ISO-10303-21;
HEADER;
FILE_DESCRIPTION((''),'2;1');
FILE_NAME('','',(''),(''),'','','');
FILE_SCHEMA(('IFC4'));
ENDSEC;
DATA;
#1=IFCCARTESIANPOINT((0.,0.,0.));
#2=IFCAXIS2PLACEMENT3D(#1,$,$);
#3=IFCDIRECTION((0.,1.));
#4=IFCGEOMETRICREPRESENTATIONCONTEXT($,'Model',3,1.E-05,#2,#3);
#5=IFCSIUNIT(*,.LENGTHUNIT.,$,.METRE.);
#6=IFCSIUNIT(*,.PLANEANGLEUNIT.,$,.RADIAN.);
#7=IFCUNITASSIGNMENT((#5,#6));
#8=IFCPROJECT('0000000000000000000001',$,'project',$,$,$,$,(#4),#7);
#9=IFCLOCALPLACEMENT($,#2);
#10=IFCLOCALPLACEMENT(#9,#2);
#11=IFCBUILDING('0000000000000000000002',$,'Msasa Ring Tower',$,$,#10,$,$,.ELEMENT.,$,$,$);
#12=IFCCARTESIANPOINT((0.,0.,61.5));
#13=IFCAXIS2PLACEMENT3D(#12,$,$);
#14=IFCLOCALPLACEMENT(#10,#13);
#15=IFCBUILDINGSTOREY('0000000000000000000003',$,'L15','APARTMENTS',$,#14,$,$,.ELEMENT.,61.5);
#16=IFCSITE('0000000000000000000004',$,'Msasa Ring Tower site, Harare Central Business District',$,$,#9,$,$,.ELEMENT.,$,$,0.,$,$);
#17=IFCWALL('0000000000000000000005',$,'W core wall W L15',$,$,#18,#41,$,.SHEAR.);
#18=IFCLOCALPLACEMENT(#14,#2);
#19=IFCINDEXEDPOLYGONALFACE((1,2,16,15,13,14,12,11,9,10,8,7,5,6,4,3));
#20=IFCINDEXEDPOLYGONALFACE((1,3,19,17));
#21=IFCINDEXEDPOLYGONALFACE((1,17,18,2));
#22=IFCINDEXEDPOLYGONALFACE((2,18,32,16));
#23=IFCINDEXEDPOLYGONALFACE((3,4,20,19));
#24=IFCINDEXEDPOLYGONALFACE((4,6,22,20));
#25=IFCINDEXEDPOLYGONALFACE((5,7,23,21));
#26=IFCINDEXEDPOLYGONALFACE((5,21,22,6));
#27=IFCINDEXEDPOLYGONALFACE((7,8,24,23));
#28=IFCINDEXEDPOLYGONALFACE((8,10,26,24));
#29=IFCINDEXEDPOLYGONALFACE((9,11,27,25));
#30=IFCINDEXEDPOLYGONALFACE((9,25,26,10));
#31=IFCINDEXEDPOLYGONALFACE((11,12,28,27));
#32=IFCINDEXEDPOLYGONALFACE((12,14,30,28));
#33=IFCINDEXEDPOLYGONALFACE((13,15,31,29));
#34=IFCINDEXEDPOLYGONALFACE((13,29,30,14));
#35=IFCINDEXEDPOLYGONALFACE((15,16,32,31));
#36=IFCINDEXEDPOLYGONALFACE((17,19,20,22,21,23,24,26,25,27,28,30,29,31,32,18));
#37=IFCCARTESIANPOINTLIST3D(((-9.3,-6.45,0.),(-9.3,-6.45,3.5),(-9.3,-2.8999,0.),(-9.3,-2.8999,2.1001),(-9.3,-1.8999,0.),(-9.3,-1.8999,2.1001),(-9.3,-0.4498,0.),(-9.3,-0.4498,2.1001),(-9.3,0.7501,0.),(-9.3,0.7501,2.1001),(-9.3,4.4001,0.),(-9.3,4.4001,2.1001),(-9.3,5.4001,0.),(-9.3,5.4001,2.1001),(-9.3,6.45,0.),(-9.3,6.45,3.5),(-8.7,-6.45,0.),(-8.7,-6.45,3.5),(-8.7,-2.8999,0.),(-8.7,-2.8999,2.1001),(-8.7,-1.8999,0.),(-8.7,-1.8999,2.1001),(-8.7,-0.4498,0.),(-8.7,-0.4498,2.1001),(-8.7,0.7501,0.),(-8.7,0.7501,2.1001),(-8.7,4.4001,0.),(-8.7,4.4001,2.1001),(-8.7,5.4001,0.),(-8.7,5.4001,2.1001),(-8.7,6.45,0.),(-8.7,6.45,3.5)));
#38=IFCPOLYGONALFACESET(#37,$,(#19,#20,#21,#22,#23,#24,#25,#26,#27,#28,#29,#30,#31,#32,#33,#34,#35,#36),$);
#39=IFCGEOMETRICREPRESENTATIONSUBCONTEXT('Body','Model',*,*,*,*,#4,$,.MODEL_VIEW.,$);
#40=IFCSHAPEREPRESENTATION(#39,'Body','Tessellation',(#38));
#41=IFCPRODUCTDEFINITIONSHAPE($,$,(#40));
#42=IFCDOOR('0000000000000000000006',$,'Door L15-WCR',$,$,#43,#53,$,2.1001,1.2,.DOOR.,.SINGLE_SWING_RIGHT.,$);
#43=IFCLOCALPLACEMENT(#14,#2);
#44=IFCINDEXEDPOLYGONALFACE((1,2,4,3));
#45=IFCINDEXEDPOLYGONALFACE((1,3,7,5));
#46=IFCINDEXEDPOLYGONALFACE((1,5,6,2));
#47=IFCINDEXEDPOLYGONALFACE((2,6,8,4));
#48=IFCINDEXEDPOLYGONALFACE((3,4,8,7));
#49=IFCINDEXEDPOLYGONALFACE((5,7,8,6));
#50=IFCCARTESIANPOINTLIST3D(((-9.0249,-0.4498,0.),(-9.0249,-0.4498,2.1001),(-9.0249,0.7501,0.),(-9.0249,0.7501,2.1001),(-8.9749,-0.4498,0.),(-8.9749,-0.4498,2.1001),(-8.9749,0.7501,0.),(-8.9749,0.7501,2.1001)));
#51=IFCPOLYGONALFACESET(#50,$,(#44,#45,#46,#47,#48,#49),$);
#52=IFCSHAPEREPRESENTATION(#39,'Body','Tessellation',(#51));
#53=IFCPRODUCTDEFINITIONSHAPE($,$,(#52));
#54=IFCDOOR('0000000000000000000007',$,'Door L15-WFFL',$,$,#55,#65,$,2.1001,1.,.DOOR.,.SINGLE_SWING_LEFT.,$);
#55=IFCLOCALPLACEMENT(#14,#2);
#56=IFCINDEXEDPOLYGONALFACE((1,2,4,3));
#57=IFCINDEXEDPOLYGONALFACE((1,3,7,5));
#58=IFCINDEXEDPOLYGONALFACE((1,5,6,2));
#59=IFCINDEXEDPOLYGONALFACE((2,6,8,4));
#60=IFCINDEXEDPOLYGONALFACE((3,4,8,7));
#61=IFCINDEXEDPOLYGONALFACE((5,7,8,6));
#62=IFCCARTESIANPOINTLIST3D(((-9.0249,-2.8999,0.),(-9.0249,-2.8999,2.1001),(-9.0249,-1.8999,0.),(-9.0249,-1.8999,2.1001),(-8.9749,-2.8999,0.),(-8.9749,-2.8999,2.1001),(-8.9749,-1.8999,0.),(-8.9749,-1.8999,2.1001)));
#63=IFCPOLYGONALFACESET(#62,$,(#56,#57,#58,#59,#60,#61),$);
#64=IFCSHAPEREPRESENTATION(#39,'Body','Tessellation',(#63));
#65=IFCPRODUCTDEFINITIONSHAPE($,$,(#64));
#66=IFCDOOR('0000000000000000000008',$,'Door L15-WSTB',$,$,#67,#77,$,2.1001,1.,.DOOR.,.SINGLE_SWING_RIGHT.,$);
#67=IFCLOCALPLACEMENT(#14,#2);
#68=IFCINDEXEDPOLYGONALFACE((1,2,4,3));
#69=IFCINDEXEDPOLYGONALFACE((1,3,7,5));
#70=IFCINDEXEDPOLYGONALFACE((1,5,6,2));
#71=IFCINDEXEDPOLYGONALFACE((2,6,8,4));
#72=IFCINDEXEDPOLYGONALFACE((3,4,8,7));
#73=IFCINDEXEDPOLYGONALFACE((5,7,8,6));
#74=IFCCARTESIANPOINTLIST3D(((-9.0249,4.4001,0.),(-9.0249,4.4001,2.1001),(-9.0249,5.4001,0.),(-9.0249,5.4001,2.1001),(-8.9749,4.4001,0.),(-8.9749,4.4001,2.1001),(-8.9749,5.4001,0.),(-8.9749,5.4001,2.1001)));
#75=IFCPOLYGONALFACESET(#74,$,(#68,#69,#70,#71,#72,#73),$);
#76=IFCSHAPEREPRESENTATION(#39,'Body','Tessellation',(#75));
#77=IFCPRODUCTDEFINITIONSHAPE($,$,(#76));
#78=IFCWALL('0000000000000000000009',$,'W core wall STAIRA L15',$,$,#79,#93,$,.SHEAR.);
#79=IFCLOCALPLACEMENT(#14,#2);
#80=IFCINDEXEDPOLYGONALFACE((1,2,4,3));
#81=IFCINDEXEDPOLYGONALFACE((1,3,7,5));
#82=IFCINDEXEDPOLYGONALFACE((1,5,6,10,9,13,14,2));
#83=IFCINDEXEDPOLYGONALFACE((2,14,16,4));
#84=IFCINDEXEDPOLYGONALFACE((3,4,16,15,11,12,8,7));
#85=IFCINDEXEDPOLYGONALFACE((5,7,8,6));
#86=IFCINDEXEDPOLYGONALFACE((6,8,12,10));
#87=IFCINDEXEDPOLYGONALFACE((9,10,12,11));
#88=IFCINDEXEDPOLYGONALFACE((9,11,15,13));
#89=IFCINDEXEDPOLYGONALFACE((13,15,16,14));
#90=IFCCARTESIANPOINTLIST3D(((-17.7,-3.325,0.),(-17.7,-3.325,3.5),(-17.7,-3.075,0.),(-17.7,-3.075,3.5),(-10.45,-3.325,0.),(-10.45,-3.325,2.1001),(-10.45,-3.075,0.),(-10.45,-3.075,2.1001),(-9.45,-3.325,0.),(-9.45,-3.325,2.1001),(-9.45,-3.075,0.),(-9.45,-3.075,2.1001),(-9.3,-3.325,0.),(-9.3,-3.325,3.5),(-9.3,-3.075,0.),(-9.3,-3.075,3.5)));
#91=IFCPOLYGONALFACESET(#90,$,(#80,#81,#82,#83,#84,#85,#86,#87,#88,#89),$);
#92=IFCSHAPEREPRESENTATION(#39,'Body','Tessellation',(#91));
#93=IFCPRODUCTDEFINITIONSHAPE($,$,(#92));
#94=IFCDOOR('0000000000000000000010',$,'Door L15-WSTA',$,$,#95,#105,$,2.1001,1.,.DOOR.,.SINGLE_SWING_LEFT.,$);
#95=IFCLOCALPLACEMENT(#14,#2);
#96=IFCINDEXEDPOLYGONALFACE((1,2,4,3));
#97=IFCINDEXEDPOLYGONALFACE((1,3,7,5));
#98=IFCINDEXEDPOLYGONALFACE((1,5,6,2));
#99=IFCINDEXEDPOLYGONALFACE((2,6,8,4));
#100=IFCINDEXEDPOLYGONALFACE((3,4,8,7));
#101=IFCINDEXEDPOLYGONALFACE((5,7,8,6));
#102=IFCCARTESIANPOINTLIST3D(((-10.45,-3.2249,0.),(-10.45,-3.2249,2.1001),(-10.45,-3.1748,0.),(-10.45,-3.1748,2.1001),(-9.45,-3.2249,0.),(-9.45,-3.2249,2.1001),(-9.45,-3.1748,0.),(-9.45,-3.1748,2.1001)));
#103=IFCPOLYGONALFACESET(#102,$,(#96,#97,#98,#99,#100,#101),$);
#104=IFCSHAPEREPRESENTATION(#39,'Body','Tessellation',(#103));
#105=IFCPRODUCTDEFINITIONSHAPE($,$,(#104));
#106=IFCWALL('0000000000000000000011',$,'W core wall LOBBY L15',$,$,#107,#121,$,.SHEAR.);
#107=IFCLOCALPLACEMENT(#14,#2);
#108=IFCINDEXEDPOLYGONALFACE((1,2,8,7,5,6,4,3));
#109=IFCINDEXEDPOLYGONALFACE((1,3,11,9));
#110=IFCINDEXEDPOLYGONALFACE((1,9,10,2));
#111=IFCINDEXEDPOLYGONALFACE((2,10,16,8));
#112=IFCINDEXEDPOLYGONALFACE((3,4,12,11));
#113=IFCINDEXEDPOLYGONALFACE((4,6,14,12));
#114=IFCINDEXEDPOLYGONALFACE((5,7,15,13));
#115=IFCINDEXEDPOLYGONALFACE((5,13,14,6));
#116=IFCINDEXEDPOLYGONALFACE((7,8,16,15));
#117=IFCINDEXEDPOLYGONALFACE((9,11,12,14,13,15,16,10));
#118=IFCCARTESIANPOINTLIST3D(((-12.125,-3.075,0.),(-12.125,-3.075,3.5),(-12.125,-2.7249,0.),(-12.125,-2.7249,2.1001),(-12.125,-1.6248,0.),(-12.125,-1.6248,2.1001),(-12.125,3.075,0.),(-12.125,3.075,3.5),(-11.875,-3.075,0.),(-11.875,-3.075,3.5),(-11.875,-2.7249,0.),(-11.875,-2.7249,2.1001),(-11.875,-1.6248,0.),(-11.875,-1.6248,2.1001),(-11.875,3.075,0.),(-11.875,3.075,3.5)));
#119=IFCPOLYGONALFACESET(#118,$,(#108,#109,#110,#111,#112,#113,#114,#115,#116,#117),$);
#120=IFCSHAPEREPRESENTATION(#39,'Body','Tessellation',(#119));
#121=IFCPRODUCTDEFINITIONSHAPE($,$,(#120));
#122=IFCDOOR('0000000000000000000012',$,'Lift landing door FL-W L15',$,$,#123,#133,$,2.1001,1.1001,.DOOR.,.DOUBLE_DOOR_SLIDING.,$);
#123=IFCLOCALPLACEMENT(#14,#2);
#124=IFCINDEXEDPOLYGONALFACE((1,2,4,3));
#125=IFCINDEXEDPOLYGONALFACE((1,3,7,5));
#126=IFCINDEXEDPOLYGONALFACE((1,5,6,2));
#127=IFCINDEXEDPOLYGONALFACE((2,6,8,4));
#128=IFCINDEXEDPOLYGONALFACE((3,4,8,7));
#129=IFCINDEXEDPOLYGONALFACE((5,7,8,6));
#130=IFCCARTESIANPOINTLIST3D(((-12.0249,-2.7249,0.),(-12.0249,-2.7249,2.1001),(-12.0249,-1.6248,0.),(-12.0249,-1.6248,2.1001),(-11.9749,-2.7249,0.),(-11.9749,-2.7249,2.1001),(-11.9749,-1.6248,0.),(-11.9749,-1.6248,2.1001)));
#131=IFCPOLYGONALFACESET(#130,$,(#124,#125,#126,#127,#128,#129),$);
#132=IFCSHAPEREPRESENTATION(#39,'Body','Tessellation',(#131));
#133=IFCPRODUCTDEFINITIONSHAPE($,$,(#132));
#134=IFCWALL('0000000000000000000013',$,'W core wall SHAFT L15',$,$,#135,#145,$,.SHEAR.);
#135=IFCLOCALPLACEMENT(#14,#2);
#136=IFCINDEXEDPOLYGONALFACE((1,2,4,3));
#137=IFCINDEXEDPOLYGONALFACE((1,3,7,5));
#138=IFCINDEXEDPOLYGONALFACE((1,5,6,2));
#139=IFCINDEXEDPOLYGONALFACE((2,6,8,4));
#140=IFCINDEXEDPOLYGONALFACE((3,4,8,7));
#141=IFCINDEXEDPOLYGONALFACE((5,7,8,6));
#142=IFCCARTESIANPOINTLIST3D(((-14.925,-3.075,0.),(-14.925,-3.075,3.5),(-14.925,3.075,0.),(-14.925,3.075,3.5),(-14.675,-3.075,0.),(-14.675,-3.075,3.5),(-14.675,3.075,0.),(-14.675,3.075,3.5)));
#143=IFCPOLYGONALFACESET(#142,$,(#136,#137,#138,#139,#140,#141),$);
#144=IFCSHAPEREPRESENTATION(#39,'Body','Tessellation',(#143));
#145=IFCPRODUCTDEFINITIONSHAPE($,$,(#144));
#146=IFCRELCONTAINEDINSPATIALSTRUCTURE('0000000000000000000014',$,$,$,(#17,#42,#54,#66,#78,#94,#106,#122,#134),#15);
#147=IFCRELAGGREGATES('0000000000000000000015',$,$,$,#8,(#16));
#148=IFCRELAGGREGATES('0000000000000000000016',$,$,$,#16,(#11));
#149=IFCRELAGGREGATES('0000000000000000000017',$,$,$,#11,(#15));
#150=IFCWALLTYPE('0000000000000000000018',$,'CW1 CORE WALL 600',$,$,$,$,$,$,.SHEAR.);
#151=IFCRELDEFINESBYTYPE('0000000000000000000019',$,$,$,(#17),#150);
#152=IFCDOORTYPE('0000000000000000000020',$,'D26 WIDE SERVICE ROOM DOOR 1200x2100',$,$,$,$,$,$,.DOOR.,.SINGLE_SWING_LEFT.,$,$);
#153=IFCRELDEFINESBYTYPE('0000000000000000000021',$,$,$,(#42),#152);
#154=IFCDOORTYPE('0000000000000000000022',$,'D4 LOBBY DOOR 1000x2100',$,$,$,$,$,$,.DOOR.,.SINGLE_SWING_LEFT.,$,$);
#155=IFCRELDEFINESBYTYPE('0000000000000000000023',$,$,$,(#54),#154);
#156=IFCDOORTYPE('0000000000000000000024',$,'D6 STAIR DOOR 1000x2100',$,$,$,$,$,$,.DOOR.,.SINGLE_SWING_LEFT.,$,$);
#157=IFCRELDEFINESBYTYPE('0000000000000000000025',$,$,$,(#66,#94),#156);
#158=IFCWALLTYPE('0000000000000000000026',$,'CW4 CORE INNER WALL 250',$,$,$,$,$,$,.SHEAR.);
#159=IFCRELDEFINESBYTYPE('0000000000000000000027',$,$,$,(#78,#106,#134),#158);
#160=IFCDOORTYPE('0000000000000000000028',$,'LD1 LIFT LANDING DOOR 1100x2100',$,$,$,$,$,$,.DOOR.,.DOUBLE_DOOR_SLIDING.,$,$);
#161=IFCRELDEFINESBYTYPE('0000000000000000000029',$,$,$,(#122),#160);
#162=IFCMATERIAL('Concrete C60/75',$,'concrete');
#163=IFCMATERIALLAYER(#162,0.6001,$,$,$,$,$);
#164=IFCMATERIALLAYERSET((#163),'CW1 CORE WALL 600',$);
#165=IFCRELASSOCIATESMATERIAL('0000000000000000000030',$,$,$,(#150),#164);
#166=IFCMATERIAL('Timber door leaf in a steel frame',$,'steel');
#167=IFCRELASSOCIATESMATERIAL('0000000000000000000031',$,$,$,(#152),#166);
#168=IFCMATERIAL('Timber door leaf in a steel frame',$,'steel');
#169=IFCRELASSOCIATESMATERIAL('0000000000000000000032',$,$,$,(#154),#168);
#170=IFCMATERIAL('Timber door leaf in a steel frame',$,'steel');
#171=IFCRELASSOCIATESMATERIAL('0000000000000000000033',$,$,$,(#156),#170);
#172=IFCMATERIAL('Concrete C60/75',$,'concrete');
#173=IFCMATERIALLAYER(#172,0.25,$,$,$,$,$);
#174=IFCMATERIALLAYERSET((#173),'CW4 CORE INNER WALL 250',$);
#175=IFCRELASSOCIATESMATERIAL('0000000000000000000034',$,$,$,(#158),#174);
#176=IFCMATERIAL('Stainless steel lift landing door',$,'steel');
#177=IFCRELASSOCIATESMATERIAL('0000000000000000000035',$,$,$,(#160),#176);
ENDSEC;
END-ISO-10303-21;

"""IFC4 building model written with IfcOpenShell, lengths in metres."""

from ifc_helpers import new_model, si_unit, direction, frame, frame_2d, origin, place, context, subcontext, project, spatial, rectangle, extrude, material, layer, layer_set, type_object, element, fill, save


model = new_model("IFC4")

# Units and contexts
model_context = context("Model", 3, precision=1e-05, world=origin(), true_north=direction((0.0, 1.0)))
body_context = subcontext(model_context, "Body", "Model", "MODEL_VIEW")
ifc_project = project(units=[si_unit("LENGTHUNIT", "METRE"), si_unit("PLANEANGLEUNIT", "RADIAN")], contexts=[model_context])

# Site, building, storey
site_placement = place(None, origin())
site = spatial("IfcSite", under=ifc_project, at=site_placement, Name="Msasa Ring Tower site, Harare Central Business District", CompositionType="ELEMENT", RefElevation=0.0)
building_placement = place(site_placement, origin())
building = spatial("IfcBuilding", under=site, at=building_placement, Name="Msasa Ring Tower", CompositionType="ELEMENT")
storey_placement = place(building_placement, frame((0.0, 0.0, 61.5)))
storey = spatial("IfcBuildingStorey", under=building, at=storey_placement, Name="L15", Description="APARTMENTS", CompositionType="ELEMENT", Elevation=61.5)

# Shared definitions
ifc_material_1 = material(Name="Concrete C60/75", Category="concrete")
ifc_layer_1 = layer(ifc_material_1, 0.6001)
ifc_layer_set_1 = layer_set([ifc_layer_1], Name="CW1 CORE WALL 600")
wall_type_1 = type_object("IfcWallType", Name="CW1 CORE WALL 600", PredefinedType="SHEAR", material=ifc_layer_set_1)

# Wall, openings, doors
wall_1_placement = place(storey_placement, frame((-9.0, -6.45, 0.0), z_axis=(0.0, 0.0, 1.0), x_axis=(0.0, 1.0, 0.0)))
wall_1 = element("IfcWall", 1, at=wall_1_placement, inside=storey, type_object=wall_type_1, Name="W core wall W L15", PredefinedType="SHEAR", context=body_context, shape_type="SweptSolid", body=[
    extrude(rectangle(XDim=12.8999, YDim=0.6001, at=frame_2d((6.45, 0.0))), origin(), (0.0, 0.0, 1.0), 3.5),
])
opening_1_placement = place(wall_1_placement, frame((3.55, 0.0, 0.0)))
opening_1 = element("IfcOpeningElement", 2, at=opening_1_placement, cuts=wall_1, PredefinedType="OPENING", context=body_context, shape_type="SweptSolid", body=[
    extrude(rectangle(XDim=1.0, YDim=2.1001, at=frame_2d((0.5, 1.05))), frame((0.0, 0.3101, 0.0), z_axis=(0.0, -1.0, 0.0), x_axis=(1.0, 0.0, 0.0)), (0.0, 0.0, 1.0), 0.6201),
])
opening_2_placement = place(wall_1_placement, frame((6.0, 0.0, 0.0)))
opening_2 = element("IfcOpeningElement", 3, at=opening_2_placement, cuts=wall_1, PredefinedType="OPENING", context=body_context, shape_type="SweptSolid", body=[
    extrude(rectangle(XDim=1.2, YDim=2.1001, at=frame_2d((0.6001, 1.05))), frame((0.0, 0.3101, 0.0), z_axis=(0.0, -1.0, 0.0), x_axis=(1.0, 0.0, 0.0)), (0.0, 0.0, 1.0), 0.6201),
])
opening_3_placement = place(wall_1_placement, frame((10.8501, 0.0, 0.0)))
opening_3 = element("IfcOpeningElement", 4, at=opening_3_placement, cuts=wall_1, PredefinedType="OPENING", context=body_context, shape_type="SweptSolid", body=[
    extrude(rectangle(XDim=1.0, YDim=2.1001, at=frame_2d((0.5, 1.05))), frame((0.0, 0.3101, 0.0), z_axis=(0.0, -1.0, 0.0), x_axis=(1.0, 0.0, 0.0)), (0.0, 0.0, 1.0), 0.6201),
])
ifc_material_2 = material(Name="Timber door leaf in a steel frame", Category="steel")
door_type_1 = type_object("IfcDoorType", Name="D26 WIDE SERVICE ROOM DOOR 1200x2100", OperationType="SINGLE_SWING_LEFT", PredefinedType="DOOR", material=ifc_material_2)
door_1_placement = place(opening_2_placement, origin())
door_1 = element("IfcDoor", 5, at=door_1_placement, inside=storey, type_object=door_type_1, Name="Door L15-WCR", OperationType="SINGLE_SWING_RIGHT", OverallHeight=2.1001, OverallWidth=1.2, PredefinedType="DOOR", context=body_context, shape_type="SweptSolid", body=[
    extrude(rectangle(XDim=1.2, YDim=2.1001, at=frame_2d((0.6001, 1.05))), frame((0.0, 0.0249, 0.0), z_axis=(0.0, -1.0, 0.0), x_axis=(1.0, 0.0, 0.0)), (0.0, 0.0, 1.0), 0.05),
])
fill(opening_2, door_1)
ifc_material_3 = material(Name="Timber door leaf in a steel frame", Category="steel")
door_type_2 = type_object("IfcDoorType", Name="D4 LOBBY DOOR 1000x2100", OperationType="SINGLE_SWING_LEFT", PredefinedType="DOOR", material=ifc_material_3)
door_2_placement = place(opening_1_placement, origin())
door_2 = element("IfcDoor", 6, at=door_2_placement, inside=storey, type_object=door_type_2, Name="Door L15-WFFL", OperationType="SINGLE_SWING_LEFT", OverallHeight=2.1001, OverallWidth=1.0, PredefinedType="DOOR", context=body_context, shape_type="SweptSolid", body=[
    extrude(rectangle(XDim=1.0, YDim=2.1001, at=frame_2d((0.5, 1.05))), frame((0.0, 0.0249, 0.0), z_axis=(0.0, -1.0, 0.0), x_axis=(1.0, 0.0, 0.0)), (0.0, 0.0, 1.0), 0.05),
])
fill(opening_1, door_2)
ifc_material_4 = material(Name="Timber door leaf in a steel frame", Category="steel")
door_type_3 = type_object("IfcDoorType", Name="D6 STAIR DOOR 1000x2100", OperationType="SINGLE_SWING_LEFT", PredefinedType="DOOR", material=ifc_material_4)
door_3_placement = place(opening_3_placement, origin())
door_3 = element("IfcDoor", 7, at=door_3_placement, inside=storey, type_object=door_type_3, Name="Door L15-WSTB", OperationType="SINGLE_SWING_RIGHT", OverallHeight=2.1001, OverallWidth=1.0, PredefinedType="DOOR", context=body_context, shape_type="SweptSolid", body=[
    extrude(rectangle(XDim=1.0, YDim=2.1001, at=frame_2d((0.5, 1.05))), frame((0.0, 0.0249, 0.0), z_axis=(0.0, -1.0, 0.0), x_axis=(1.0, 0.0, 0.0)), (0.0, 0.0, 1.0), 0.05),
])
fill(opening_3, door_3)

# Walls, openings, doors
ifc_material_5 = material(Name="Concrete C60/75", Category="concrete")
ifc_layer_2 = layer(ifc_material_5, 0.25)
ifc_layer_set_2 = layer_set([ifc_layer_2], Name="CW4 CORE INNER WALL 250")
wall_type_2 = type_object("IfcWallType", Name="CW4 CORE INNER WALL 250", PredefinedType="SHEAR", material=ifc_layer_set_2)
wall_2_placement = place(storey_placement, frame((-9.3, -3.2, 0.0), z_axis=(0.0, 0.0, 1.0), x_axis=(-1.0, 0.0, 0.0)))
wall_2 = element("IfcWall", 8, at=wall_2_placement, inside=storey, type_object=wall_type_2, Name="W core wall STAIRA L15", PredefinedType="SHEAR", context=body_context, shape_type="SweptSolid", body=[
    extrude(rectangle(XDim=8.3999, YDim=0.25, at=frame_2d((4.2, 0.0))), origin(), (0.0, 0.0, 1.0), 3.5),
])
opening_4_placement = place(wall_2_placement, frame((0.1499, 0.0, 0.0)))
opening_4 = element("IfcOpeningElement", 9, at=opening_4_placement, cuts=wall_2, PredefinedType="OPENING", context=body_context, shape_type="SweptSolid", body=[
    extrude(rectangle(XDim=1.0, YDim=2.1001, at=frame_2d((0.5, 1.05))), frame((0.0, 0.135, 0.0), z_axis=(0.0, -1.0, 0.0), x_axis=(1.0, 0.0, 0.0)), (0.0, 0.0, 1.0), 0.27),
])
door_4_placement = place(opening_4_placement, origin())
door_4 = element("IfcDoor", 10, at=door_4_placement, inside=storey, type_object=door_type_3, Name="Door L15-WSTA", OperationType="SINGLE_SWING_LEFT", OverallHeight=2.1001, OverallWidth=1.0, PredefinedType="DOOR", context=body_context, shape_type="SweptSolid", body=[
    extrude(rectangle(XDim=1.0, YDim=2.1001, at=frame_2d((0.5, 1.05))), frame((0.0, 0.0249, 0.0), z_axis=(0.0, -1.0, 0.0), x_axis=(1.0, 0.0, 0.0)), (0.0, 0.0, 1.0), 0.05),
])
fill(opening_4, door_4)
wall_3_placement = place(storey_placement, frame((-12.0, -3.075, 0.0), z_axis=(0.0, 0.0, 1.0), x_axis=(0.0, 1.0, 0.0)))
wall_3 = element("IfcWall", 11, at=wall_3_placement, inside=storey, type_object=wall_type_2, Name="W core wall LOBBY L15", PredefinedType="SHEAR", context=body_context, shape_type="SweptSolid", body=[
    extrude(rectangle(XDim=6.1499, YDim=0.25, at=frame_2d((3.075, 0.0))), origin(), (0.0, 0.0, 1.0), 3.5),
])
opening_5_placement = place(wall_3_placement, frame((0.3501, 0.0, 0.0)))
opening_5 = element("IfcOpeningElement", 12, at=opening_5_placement, cuts=wall_3, PredefinedType="OPENING", context=body_context, shape_type="SweptSolid", body=[
    extrude(rectangle(XDim=1.1001, YDim=2.1001, at=frame_2d((0.55, 1.05))), frame((0.0, 0.135, 0.0), z_axis=(0.0, -1.0, 0.0), x_axis=(1.0, 0.0, 0.0)), (0.0, 0.0, 1.0), 0.27),
])
ifc_material_6 = material(Name="Stainless steel lift landing door", Category="steel")
door_type_4 = type_object("IfcDoorType", Name="LD1 LIFT LANDING DOOR 1100x2100", OperationType="DOUBLE_DOOR_SLIDING", PredefinedType="DOOR", material=ifc_material_6)
door_5_placement = place(opening_5_placement, origin())
door_5 = element("IfcDoor", 13, at=door_5_placement, inside=storey, type_object=door_type_4, Name="Lift landing door FL-W L15", OperationType="DOUBLE_DOOR_SLIDING", OverallHeight=2.1001, OverallWidth=1.1001, PredefinedType="DOOR", context=body_context, shape_type="SweptSolid", body=[
    extrude(rectangle(XDim=1.1001, YDim=2.1001, at=frame_2d((0.55, 1.05))), frame((0.0, 0.0249, 0.0), z_axis=(0.0, -1.0, 0.0), x_axis=(1.0, 0.0, 0.0)), (0.0, 0.0, 1.0), 0.05),
])
fill(opening_5, door_5)

# Wall
wall_4_placement = place(storey_placement, frame((-14.8, -3.075, 0.0), z_axis=(0.0, 0.0, 1.0), x_axis=(0.0, 1.0, 0.0)))
element("IfcWall", 14, at=wall_4_placement, inside=storey, type_object=wall_type_2, Name="W core wall SHAFT L15", PredefinedType="SHEAR", context=body_context, shape_type="SweptSolid", body=[
    extrude(rectangle(XDim=6.1499, YDim=0.25, at=frame_2d((3.075, 0.0))), origin(), (0.0, 0.0, 1.0), 3.5),
])

save(model, "model.ifc")
